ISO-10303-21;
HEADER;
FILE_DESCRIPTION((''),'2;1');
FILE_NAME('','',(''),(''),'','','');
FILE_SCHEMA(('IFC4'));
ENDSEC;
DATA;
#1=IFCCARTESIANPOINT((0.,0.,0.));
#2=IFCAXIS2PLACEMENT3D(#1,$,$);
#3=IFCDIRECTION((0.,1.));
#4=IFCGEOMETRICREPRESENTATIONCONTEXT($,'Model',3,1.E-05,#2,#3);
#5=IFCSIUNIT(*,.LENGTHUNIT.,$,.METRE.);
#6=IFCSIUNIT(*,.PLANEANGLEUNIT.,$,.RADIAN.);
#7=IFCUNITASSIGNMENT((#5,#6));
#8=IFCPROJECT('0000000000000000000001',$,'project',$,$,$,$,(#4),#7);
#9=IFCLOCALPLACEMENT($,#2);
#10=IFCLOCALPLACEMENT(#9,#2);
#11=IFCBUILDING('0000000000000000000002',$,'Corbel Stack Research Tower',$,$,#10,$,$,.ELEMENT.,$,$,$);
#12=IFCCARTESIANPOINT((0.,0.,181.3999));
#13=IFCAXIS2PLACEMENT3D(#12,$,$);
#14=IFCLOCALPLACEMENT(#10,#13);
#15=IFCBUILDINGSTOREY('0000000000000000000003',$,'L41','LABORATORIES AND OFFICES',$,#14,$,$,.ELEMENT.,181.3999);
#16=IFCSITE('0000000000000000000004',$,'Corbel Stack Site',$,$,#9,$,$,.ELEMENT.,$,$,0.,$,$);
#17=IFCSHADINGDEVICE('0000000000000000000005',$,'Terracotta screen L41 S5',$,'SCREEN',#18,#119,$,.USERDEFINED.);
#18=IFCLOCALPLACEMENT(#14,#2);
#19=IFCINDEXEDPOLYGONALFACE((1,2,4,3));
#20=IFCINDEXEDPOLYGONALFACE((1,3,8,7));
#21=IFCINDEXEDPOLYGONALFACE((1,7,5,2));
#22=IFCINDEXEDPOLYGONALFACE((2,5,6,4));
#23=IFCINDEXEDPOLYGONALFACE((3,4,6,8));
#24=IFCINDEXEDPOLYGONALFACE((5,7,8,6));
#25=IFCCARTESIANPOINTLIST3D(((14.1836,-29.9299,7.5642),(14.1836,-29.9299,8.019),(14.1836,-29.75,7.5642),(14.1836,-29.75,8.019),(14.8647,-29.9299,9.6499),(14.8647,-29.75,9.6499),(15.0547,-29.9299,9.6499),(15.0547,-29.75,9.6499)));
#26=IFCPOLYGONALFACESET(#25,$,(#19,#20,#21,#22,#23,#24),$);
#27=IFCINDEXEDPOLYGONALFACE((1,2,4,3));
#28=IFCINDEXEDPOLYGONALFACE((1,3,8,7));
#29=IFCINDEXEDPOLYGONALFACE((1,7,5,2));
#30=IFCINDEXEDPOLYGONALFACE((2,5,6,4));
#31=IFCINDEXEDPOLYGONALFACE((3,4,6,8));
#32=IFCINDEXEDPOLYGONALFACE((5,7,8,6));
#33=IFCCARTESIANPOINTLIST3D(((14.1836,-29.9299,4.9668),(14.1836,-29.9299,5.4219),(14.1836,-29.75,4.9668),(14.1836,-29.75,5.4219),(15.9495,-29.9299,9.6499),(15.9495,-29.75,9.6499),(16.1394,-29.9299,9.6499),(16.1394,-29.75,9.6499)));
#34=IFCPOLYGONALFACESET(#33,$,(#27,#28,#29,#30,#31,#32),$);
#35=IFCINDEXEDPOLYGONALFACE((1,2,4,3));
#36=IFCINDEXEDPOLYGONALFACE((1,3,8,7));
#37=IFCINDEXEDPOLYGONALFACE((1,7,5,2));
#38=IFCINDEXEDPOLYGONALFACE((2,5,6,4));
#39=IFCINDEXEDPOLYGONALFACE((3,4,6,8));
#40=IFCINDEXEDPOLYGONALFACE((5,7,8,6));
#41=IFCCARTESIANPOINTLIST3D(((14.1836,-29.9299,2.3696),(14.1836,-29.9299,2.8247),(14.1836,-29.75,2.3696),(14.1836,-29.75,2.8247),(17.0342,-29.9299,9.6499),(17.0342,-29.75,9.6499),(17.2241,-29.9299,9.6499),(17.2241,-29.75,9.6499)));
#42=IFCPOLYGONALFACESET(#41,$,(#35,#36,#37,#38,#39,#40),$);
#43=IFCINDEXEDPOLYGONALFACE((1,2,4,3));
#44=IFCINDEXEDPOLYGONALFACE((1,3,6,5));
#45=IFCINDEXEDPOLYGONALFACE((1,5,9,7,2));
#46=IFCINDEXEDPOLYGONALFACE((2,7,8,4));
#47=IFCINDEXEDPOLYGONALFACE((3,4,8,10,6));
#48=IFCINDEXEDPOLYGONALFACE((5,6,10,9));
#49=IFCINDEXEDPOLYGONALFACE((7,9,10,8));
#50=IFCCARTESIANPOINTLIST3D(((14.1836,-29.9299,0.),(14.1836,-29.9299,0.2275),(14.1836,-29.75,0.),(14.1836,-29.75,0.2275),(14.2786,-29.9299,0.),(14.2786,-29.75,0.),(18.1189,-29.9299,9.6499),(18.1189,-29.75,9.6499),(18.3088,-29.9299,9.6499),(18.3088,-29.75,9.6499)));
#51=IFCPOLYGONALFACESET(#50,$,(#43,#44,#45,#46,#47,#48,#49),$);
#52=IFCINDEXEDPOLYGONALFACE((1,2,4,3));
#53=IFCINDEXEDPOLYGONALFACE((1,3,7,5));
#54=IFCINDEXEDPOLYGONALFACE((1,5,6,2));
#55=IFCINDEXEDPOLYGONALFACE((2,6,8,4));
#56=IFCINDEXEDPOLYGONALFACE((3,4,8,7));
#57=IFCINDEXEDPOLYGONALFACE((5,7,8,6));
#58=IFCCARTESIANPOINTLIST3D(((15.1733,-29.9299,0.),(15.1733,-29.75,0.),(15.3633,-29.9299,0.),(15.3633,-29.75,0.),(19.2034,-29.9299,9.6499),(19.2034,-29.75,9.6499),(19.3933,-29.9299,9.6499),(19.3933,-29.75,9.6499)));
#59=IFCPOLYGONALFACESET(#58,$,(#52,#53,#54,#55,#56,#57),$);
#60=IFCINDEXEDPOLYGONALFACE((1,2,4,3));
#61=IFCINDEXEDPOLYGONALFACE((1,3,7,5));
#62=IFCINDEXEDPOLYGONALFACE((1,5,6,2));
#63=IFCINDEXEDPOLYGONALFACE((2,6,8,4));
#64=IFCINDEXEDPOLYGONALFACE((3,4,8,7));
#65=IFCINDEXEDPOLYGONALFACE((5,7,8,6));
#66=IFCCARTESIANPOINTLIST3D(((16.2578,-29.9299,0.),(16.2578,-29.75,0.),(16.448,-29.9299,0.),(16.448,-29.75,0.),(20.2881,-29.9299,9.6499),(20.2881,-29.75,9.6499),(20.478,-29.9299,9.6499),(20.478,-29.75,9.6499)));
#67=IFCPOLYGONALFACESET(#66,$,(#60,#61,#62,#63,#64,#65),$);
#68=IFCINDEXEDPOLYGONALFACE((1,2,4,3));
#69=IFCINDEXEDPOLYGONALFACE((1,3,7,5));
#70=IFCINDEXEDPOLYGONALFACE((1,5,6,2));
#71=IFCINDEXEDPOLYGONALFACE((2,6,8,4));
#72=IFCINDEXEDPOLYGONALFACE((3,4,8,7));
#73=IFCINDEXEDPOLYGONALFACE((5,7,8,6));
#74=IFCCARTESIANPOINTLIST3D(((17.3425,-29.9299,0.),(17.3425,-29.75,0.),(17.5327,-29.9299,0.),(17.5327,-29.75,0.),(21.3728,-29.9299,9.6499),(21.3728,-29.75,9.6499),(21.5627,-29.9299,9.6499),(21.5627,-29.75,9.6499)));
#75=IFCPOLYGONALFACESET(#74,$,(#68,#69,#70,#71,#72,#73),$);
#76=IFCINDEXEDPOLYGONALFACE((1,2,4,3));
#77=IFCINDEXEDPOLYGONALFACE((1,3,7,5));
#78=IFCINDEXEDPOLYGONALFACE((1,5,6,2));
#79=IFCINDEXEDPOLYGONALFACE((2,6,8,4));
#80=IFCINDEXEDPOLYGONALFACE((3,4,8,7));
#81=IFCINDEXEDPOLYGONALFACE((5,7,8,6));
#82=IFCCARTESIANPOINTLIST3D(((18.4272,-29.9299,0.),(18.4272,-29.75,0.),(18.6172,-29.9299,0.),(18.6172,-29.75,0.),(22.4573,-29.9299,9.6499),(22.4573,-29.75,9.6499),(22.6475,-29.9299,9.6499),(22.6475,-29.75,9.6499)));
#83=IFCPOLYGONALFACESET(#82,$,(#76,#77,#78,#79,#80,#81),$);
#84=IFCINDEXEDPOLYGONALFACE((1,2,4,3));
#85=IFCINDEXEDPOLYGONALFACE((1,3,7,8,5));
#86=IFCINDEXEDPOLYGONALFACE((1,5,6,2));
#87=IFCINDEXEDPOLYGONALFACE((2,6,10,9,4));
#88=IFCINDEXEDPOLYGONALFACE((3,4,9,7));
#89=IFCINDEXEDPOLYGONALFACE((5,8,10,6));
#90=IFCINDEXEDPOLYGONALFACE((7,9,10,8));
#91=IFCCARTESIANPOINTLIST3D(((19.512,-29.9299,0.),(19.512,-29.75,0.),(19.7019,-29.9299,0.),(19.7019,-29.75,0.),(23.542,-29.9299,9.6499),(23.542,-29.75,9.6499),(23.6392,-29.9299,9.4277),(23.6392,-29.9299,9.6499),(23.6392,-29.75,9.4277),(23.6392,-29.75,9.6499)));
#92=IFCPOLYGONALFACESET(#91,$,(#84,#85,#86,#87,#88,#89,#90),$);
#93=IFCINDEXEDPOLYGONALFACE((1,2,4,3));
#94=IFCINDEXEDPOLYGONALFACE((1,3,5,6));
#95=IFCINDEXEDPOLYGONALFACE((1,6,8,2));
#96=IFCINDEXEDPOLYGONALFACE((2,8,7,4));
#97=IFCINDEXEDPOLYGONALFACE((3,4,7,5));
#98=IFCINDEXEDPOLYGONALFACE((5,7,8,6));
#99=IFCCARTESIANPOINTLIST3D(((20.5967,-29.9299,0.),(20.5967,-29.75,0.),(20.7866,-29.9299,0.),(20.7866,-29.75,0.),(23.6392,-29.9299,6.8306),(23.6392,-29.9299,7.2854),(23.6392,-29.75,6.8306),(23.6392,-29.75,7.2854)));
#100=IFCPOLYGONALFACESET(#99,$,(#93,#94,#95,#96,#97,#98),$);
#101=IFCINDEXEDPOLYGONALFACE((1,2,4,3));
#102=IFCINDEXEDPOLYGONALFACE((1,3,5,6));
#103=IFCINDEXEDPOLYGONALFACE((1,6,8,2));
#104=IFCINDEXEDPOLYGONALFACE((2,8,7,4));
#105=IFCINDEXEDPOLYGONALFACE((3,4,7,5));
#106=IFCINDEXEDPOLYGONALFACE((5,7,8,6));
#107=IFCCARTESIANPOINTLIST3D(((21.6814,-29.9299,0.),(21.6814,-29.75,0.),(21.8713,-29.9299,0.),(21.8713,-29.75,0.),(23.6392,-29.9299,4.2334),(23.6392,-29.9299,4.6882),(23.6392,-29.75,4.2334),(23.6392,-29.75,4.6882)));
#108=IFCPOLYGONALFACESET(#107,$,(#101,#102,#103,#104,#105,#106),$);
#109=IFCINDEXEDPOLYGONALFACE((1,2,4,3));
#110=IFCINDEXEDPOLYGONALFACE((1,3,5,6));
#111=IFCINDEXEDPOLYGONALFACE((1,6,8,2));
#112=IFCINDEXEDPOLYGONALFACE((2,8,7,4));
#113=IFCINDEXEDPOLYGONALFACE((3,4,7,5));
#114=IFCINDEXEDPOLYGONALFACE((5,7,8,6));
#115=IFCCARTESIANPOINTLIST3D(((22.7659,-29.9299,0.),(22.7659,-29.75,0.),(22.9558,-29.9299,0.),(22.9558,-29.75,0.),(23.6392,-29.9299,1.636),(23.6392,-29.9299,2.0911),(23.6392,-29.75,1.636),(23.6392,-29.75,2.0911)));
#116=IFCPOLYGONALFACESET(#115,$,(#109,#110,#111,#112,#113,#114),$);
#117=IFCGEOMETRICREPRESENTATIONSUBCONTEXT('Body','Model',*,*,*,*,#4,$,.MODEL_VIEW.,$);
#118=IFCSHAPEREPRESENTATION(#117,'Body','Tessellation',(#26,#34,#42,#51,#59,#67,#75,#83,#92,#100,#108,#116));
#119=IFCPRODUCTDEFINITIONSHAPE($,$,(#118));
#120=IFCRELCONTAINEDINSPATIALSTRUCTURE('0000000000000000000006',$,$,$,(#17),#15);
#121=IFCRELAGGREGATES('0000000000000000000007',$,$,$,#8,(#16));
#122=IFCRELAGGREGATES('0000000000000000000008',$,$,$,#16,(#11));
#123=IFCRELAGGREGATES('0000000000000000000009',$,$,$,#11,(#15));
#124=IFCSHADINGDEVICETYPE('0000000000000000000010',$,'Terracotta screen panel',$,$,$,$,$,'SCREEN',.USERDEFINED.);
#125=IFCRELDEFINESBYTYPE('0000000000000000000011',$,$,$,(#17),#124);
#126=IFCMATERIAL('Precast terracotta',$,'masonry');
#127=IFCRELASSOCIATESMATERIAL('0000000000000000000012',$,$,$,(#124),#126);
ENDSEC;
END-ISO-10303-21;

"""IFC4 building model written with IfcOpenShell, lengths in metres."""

from ifc_helpers import new_model, si_unit, direction, frame, origin, place, context, subcontext, project, spatial, polyline, outline, extrude, source, transform, mapped, material, type_object, element, save


model = new_model("IFC4")

# Units and contexts
model_context = context("Model", 3, precision=1e-05, world=origin(), true_north=direction((0.0, 1.0)))
body_context = subcontext(model_context, "Body", "Model", "MODEL_VIEW")
ifc_project = project(units=[si_unit("LENGTHUNIT", "METRE"), si_unit("PLANEANGLEUNIT", "RADIAN")], contexts=[model_context])

# Site, building, storey
site_placement = place(None, origin())
site = spatial("IfcSite", under=ifc_project, at=site_placement, Name="Corbel Stack Site", CompositionType="ELEMENT", RefElevation=0.0)
building_placement = place(site_placement, origin())
building = spatial("IfcBuilding", under=site, at=building_placement, Name="Corbel Stack Research Tower", CompositionType="ELEMENT")
storey_placement = place(building_placement, frame((0.0, 0.0, 181.3999)))
storey = spatial("IfcBuildingStorey", under=building, at=storey_placement, Name="L41", Description="LABORATORIES AND OFFICES", CompositionType="ELEMENT", Elevation=181.3999)

# Shading device
ifc_material_1 = material(Name="Precast terracotta", Category="masonry")
shading_device_type = type_object("IfcShadingDeviceType", Name="Terracotta screen panel", ElementType="SCREEN", PredefinedType="USERDEFINED", material=ifc_material_1)
shared_shape_1 = source(origin(), body_context, "Body", "SweptSolid", [
    extrude(outline(polyline([(0.8711, 9.6499), (0.6812, 9.6499), (0.0, 8.019), (0.0, 7.5642), (0.8711, 9.6499)])), frame((0.0, 0.0, 0.0), z_axis=(0.0, -1.0, 0.0), x_axis=(1.0, 0.0, 0.0)), (0.0, 0.0, 1.0), 0.1799),
    extrude(outline(polyline([(1.9558, 9.6499), (1.7659, 9.6499), (0.0, 5.4219), (0.0, 4.9668), (1.9558, 9.6499)])), frame((0.0, 0.0, 0.0), z_axis=(0.0, -1.0, 0.0), x_axis=(1.0, 0.0, 0.0)), (0.0, 0.0, 1.0), 0.1799),
    extrude(outline(polyline([(3.0405, 9.6499), (2.8506, 9.6499), (0.0, 2.8247), (0.0, 2.3696), (3.0405, 9.6499)])), frame((0.0, 0.0, 0.0), z_axis=(0.0, -1.0, 0.0), x_axis=(1.0, 0.0, 0.0)), (0.0, 0.0, 1.0), 0.1799),
    extrude(outline(polyline([(0.095, 0.0), (4.1252, 9.6499), (3.9353, 9.6499), (0.0, 0.2275), (0.0, 0.0), (0.095, 0.0)])), frame((0.0, 0.0, 0.0), z_axis=(0.0, -1.0, 0.0), x_axis=(1.0, 0.0, 0.0)), (0.0, 0.0, 1.0), 0.1799),
    extrude(outline(polyline([(1.1797, 0.0), (5.2097, 9.6499), (5.0198, 9.6499), (0.9897, 0.0), (1.1797, 0.0)])), frame((0.0, 0.0, 0.0), z_axis=(0.0, -1.0, 0.0), x_axis=(1.0, 0.0, 0.0)), (0.0, 0.0, 1.0), 0.1799),
    extrude(outline(polyline([(2.2644, 0.0), (6.2944, 9.6499), (6.1045, 9.6499), (2.0742, 0.0), (2.2644, 0.0)])), frame((0.0, 0.0, 0.0), z_axis=(0.0, -1.0, 0.0), x_axis=(1.0, 0.0, 0.0)), (0.0, 0.0, 1.0), 0.1799),
    extrude(outline(polyline([(3.3491, 0.0), (7.3792, 9.6499), (7.1892, 9.6499), (3.1589, 0.0), (3.3491, 0.0)])), frame((0.0, 0.0, 0.0), z_axis=(0.0, -1.0, 0.0), x_axis=(1.0, 0.0, 0.0)), (0.0, 0.0, 1.0), 0.1799),
    extrude(outline(polyline([(4.4336, 0.0), (8.4639, 9.6499), (8.2737, 9.6499), (4.2437, 0.0), (4.4336, 0.0)])), frame((0.0, 0.0, 0.0), z_axis=(0.0, -1.0, 0.0), x_axis=(1.0, 0.0, 0.0)), (0.0, 0.0, 1.0), 0.1799),
    extrude(outline(polyline([(5.5183, 0.0), (9.4556, 9.4277), (9.4556, 9.6499), (9.3584, 9.6499), (5.3284, 0.0), (5.5183, 0.0)])), frame((0.0, 0.0, 0.0), z_axis=(0.0, -1.0, 0.0), x_axis=(1.0, 0.0, 0.0)), (0.0, 0.0, 1.0), 0.1799),
    extrude(outline(polyline([(6.603, 0.0), (9.4556, 6.8306), (9.4556, 7.2854), (6.4131, 0.0), (6.603, 0.0)])), frame((0.0, 0.0, 0.0), z_axis=(0.0, -1.0, 0.0), x_axis=(1.0, 0.0, 0.0)), (0.0, 0.0, 1.0), 0.1799),
    extrude(outline(polyline([(7.6877, 0.0), (9.4556, 4.2334), (9.4556, 4.6882), (7.4978, 0.0), (7.6877, 0.0)])), frame((0.0, 0.0, 0.0), z_axis=(0.0, -1.0, 0.0), x_axis=(1.0, 0.0, 0.0)), (0.0, 0.0, 1.0), 0.1799),
    extrude(outline(polyline([(8.7722, 0.0), (9.4556, 1.636), (9.4556, 2.0911), (8.5823, 0.0), (8.7722, 0.0)])), frame((0.0, 0.0, 0.0), z_axis=(0.0, -1.0, 0.0), x_axis=(1.0, 0.0, 0.0)), (0.0, 0.0, 1.0), 0.1799),
])
shading_device_1_placement = place(storey_placement, frame((14.1836, -29.75, 0.0), z_axis=(0.0, 0.0, 1.0), x_axis=(1.0, 0.0, 0.0)))
element("IfcShadingDevice", 1, at=shading_device_1_placement, inside=storey, type_object=shading_device_type, Name="Terracotta screen L41 S5", ObjectType="SCREEN", PredefinedType="USERDEFINED", context=body_context, shape_type="MappedRepresentation", body=[
    mapped(shared_shape_1, transform((0.0, 0.0, 0.0))),
])

save(model, "model.ifc")
